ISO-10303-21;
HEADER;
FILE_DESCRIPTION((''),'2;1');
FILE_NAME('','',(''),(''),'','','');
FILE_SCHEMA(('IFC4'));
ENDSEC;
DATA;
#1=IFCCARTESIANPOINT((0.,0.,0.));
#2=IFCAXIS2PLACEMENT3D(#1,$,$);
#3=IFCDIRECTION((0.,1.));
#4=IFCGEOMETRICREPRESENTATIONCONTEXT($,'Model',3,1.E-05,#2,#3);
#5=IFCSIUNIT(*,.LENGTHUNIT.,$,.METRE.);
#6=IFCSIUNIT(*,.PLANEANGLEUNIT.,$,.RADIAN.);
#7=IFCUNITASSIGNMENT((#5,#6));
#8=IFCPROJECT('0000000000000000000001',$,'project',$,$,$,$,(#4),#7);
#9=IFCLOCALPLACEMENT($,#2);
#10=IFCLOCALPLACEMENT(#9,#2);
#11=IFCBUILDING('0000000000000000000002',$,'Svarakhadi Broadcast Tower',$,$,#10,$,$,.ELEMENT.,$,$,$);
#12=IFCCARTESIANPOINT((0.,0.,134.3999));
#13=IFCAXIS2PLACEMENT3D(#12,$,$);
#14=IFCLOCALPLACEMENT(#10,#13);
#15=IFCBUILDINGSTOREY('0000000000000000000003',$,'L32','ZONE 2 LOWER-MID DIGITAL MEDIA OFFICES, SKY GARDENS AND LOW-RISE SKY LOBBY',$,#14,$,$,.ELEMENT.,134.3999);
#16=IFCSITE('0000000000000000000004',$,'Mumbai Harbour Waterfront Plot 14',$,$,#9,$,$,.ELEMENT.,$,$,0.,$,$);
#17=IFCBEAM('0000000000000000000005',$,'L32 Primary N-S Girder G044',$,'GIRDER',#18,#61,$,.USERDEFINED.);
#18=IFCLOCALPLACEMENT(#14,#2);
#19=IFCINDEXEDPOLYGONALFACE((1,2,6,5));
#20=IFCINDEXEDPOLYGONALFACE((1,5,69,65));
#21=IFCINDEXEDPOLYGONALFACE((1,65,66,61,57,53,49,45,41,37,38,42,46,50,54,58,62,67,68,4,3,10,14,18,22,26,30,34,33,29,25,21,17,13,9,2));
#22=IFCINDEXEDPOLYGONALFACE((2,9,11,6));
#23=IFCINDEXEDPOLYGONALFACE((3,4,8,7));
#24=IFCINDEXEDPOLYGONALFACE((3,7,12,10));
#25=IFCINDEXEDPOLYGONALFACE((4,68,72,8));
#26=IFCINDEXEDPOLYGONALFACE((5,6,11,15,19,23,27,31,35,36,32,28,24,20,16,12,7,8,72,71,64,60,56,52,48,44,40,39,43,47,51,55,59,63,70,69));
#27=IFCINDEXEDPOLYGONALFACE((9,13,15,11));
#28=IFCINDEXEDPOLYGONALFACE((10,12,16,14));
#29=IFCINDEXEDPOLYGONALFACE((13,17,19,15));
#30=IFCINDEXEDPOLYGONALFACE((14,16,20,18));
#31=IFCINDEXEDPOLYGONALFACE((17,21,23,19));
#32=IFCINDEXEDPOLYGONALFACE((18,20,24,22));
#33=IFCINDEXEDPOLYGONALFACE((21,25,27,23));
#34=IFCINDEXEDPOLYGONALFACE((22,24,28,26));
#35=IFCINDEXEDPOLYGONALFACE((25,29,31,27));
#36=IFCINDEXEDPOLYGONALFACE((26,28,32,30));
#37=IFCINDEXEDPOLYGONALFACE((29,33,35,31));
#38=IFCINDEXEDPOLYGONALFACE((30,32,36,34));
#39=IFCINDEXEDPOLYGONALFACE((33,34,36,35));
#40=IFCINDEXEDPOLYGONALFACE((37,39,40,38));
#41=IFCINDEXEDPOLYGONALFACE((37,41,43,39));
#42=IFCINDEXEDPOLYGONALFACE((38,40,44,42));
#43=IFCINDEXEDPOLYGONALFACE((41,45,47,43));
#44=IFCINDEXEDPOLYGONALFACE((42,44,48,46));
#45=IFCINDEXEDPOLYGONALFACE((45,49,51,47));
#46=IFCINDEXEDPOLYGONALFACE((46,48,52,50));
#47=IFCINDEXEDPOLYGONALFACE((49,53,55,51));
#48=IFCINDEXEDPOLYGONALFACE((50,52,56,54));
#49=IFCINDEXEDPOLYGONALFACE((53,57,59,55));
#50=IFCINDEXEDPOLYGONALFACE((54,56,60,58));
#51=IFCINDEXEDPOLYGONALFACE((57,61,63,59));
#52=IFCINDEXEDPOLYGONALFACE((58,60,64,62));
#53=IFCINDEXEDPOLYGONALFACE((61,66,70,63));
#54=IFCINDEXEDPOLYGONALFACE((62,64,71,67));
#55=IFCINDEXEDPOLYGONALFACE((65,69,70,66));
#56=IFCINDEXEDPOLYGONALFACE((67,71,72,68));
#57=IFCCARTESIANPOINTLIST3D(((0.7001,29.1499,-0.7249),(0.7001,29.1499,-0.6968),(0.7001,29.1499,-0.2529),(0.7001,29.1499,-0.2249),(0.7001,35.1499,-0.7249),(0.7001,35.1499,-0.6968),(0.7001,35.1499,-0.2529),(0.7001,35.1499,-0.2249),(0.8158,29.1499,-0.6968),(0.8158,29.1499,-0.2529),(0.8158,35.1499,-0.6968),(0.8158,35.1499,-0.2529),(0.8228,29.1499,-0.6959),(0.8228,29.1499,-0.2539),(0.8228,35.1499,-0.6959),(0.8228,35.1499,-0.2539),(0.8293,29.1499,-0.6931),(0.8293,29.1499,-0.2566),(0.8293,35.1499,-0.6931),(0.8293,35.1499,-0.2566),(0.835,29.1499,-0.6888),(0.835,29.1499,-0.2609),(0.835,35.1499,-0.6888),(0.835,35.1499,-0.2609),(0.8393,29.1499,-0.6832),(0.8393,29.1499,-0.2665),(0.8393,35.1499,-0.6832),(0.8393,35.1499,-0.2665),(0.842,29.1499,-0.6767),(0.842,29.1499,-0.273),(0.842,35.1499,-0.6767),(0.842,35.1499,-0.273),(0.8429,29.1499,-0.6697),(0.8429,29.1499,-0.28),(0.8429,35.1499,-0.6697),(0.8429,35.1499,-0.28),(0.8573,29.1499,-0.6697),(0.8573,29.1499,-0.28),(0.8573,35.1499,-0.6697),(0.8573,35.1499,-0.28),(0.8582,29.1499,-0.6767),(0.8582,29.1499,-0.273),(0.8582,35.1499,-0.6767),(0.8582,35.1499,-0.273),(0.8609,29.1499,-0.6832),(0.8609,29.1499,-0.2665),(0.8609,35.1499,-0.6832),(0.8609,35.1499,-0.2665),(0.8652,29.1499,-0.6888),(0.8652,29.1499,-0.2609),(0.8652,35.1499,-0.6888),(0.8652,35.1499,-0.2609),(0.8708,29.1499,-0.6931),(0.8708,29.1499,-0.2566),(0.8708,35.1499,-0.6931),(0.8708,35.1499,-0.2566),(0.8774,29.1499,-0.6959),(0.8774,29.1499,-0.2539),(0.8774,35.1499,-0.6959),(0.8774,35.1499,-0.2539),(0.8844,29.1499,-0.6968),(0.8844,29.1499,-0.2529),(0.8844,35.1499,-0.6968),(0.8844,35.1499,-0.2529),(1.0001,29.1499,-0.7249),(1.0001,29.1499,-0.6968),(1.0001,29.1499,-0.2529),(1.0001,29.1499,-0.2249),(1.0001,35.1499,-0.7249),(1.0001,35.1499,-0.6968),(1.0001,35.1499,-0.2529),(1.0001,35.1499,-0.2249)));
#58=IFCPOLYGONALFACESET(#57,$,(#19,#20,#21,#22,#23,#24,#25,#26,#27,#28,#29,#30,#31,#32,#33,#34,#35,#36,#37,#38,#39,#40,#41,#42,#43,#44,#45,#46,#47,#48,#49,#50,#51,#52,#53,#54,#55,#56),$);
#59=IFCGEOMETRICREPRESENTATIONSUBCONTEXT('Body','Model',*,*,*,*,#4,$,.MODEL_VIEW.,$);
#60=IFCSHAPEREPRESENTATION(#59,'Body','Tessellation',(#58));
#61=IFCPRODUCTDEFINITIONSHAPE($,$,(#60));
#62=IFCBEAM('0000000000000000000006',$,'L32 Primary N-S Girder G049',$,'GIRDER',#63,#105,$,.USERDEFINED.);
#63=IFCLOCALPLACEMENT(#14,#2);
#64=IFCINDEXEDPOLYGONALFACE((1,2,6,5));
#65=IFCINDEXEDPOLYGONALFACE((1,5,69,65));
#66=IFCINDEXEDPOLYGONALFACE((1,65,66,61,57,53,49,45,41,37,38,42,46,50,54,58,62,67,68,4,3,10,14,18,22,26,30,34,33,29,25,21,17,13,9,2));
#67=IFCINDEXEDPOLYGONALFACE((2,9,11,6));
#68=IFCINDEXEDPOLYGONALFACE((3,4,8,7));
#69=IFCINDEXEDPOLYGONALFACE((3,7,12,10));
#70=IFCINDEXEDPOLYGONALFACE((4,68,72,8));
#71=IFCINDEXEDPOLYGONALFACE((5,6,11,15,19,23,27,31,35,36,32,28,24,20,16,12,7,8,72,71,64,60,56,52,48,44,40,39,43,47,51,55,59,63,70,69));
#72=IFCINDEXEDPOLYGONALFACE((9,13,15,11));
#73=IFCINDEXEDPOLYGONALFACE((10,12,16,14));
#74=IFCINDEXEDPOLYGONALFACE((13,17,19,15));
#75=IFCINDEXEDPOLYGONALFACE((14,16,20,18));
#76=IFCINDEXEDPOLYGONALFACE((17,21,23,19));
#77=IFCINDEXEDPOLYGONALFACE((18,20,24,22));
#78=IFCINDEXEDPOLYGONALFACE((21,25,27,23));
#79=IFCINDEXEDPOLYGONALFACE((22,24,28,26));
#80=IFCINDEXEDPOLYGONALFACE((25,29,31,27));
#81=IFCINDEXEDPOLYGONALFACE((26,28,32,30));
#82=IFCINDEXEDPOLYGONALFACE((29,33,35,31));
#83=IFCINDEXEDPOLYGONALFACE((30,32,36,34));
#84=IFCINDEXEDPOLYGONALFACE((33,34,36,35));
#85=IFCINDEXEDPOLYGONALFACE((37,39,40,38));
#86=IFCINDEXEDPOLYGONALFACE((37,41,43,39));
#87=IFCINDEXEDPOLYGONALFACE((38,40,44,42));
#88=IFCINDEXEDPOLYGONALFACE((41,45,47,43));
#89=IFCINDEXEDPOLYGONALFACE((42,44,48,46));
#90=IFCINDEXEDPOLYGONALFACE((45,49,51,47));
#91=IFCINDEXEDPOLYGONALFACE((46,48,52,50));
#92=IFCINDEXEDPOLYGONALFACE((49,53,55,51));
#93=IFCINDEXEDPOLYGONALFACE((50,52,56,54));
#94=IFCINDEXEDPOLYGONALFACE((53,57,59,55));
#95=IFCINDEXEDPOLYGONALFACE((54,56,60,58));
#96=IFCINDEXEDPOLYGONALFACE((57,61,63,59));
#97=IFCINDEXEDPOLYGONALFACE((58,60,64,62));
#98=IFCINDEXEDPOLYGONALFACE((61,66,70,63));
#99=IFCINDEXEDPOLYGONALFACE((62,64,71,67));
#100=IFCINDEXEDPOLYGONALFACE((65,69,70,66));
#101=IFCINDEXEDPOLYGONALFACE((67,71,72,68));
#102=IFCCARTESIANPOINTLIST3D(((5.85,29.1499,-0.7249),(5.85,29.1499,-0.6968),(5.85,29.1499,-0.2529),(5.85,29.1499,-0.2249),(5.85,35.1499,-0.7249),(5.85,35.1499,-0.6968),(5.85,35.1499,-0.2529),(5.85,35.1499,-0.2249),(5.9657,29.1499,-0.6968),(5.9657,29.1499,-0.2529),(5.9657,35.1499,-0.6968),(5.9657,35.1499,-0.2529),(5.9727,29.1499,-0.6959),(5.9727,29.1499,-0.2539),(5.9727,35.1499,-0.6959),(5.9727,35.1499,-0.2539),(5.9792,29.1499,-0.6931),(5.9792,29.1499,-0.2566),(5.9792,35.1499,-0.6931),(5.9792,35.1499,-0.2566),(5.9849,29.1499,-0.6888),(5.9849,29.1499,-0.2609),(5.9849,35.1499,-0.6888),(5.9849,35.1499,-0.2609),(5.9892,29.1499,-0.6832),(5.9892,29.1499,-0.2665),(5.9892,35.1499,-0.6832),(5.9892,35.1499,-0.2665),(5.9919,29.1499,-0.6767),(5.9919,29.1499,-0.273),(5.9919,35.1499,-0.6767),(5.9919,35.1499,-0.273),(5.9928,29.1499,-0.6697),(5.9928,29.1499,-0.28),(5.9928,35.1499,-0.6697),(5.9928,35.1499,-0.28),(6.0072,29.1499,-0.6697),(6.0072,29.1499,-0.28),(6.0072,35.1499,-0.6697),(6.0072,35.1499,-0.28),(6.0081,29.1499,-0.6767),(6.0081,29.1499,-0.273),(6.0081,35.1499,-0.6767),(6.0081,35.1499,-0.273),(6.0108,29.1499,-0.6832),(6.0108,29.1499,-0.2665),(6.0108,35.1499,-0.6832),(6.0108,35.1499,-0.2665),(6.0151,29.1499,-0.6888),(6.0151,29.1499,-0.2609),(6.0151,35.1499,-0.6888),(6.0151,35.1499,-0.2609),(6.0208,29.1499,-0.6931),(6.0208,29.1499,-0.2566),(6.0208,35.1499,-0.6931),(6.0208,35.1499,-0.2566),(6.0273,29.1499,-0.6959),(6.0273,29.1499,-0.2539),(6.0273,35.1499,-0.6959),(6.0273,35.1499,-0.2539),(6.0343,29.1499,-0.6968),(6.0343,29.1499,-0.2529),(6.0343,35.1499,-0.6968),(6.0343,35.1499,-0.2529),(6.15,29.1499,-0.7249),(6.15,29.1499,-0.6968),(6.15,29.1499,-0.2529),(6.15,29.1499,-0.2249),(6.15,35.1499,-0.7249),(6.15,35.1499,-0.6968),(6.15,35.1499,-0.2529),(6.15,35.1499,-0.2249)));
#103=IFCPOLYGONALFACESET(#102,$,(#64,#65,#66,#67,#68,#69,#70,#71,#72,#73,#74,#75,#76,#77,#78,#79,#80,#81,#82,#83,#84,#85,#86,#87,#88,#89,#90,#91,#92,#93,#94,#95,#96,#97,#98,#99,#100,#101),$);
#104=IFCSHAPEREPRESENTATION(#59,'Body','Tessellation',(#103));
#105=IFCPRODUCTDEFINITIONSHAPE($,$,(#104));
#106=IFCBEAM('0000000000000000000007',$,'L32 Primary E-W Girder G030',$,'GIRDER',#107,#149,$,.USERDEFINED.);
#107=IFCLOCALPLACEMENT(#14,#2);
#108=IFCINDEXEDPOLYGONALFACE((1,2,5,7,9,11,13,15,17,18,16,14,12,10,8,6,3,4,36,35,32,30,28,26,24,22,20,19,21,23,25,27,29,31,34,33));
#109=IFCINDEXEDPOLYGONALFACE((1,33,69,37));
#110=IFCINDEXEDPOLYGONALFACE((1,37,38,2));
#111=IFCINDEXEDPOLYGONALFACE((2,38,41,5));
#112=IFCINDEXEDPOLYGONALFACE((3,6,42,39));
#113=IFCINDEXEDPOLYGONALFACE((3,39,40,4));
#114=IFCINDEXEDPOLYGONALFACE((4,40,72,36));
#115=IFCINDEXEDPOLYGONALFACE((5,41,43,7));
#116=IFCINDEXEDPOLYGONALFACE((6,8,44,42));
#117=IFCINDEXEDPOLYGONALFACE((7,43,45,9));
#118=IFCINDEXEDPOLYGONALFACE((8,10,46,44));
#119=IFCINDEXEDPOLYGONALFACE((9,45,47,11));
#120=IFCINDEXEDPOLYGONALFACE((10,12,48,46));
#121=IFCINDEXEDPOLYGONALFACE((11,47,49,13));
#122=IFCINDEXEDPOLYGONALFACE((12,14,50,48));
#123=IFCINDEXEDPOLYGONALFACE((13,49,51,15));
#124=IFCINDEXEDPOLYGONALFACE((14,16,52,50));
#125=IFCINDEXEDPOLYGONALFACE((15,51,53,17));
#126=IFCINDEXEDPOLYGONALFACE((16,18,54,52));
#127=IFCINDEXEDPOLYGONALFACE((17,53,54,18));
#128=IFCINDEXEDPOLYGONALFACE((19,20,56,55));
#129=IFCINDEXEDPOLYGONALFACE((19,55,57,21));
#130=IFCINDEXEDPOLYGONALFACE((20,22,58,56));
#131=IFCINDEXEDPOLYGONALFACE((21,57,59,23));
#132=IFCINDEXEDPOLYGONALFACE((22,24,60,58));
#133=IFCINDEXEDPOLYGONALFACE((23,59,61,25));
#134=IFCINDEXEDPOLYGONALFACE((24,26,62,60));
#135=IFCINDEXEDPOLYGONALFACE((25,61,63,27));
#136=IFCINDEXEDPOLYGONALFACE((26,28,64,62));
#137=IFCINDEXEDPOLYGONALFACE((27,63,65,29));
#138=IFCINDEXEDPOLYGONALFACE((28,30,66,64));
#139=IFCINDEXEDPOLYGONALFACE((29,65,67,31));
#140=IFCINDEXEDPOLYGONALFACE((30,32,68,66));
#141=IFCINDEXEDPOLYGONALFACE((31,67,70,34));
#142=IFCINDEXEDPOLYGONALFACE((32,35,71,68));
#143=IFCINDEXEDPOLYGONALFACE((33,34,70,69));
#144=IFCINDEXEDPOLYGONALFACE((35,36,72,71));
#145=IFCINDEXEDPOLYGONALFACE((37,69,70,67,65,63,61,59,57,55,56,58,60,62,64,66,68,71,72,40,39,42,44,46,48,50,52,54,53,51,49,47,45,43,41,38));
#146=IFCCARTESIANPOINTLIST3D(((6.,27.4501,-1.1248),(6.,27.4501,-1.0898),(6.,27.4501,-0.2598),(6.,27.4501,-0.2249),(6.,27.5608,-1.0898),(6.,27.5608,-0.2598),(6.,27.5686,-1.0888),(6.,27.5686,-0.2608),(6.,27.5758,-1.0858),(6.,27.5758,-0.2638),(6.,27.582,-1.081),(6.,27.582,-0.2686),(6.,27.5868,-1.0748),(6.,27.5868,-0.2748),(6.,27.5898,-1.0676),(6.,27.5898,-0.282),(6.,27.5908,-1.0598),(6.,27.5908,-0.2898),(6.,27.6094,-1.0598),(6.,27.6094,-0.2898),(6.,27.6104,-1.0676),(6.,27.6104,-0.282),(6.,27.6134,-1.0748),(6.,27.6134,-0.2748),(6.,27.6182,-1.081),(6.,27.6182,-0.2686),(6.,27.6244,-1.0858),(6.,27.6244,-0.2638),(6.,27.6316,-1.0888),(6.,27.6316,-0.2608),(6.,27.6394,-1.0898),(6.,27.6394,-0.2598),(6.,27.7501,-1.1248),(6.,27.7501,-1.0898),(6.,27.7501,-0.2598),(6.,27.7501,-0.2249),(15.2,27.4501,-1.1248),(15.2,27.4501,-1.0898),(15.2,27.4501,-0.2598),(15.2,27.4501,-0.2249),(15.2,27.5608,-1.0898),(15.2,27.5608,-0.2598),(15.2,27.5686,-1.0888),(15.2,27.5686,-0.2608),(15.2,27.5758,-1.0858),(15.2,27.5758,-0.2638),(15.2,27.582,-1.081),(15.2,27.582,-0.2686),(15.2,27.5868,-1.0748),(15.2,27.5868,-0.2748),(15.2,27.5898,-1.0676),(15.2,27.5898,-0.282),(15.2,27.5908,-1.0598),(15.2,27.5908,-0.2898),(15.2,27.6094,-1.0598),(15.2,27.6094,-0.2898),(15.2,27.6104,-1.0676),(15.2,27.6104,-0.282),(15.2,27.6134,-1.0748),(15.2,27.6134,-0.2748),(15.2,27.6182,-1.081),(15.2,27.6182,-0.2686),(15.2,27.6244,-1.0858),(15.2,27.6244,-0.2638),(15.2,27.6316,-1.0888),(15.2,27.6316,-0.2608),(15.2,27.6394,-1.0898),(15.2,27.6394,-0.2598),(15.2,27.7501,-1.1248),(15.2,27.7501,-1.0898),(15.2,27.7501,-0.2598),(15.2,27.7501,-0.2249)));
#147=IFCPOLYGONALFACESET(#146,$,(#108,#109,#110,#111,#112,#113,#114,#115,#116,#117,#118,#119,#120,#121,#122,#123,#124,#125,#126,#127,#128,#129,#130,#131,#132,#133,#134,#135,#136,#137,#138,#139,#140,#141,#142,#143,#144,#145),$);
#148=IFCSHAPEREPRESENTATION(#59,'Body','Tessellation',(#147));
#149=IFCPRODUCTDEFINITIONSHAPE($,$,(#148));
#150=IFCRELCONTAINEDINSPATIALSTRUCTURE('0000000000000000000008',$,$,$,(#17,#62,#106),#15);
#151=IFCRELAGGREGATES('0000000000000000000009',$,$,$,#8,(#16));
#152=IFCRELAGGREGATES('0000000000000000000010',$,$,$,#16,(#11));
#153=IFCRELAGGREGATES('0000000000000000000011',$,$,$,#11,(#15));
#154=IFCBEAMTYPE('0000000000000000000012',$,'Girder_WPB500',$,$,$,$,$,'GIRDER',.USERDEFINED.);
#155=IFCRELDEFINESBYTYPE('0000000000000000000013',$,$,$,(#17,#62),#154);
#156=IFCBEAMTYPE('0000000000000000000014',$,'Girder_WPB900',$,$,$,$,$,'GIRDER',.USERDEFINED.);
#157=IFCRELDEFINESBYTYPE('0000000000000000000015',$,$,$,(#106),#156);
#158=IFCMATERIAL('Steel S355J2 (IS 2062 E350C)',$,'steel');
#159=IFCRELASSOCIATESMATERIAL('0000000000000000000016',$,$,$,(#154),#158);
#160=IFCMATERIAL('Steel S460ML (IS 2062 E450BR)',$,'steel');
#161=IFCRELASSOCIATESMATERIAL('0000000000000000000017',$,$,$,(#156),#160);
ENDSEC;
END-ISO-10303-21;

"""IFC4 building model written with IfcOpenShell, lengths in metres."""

from ifc_helpers import new_model, si_unit, direction, frame, origin, origin_2d, place, context, subcontext, project, spatial, i_section, extrude, material, material_profile, profile_set, type_object, element, save


model = new_model("IFC4")

# Units and contexts
model_context = context("Model", 3, precision=1e-05, world=origin(), true_north=direction((0.0, 1.0)))
body_context = subcontext(model_context, "Body", "Model", "MODEL_VIEW")
ifc_project = project(units=[si_unit("LENGTHUNIT", "METRE"), si_unit("PLANEANGLEUNIT", "RADIAN")], contexts=[model_context])

# Site, building, storey
site_placement = place(None, origin())
site = spatial("IfcSite", under=ifc_project, at=site_placement, Name="Mumbai Harbour Waterfront Plot 14", CompositionType="ELEMENT", RefElevation=0.0)
building_placement = place(site_placement, origin())
building = spatial("IfcBuilding", under=site, at=building_placement, Name="Svarakhadi Broadcast Tower", CompositionType="ELEMENT")
storey_placement = place(building_placement, frame((0.0, 0.0, 134.3999)))
storey = spatial("IfcBuildingStorey", under=building, at=storey_placement, Name="L32", Description="ZONE 2 LOWER-MID DIGITAL MEDIA OFFICES, SKY GARDENS AND LOW-RISE SKY LOBBY", CompositionType="ELEMENT", Elevation=134.3999)

# Shared definitions
ifc_material_1 = material(Name="Steel S460ML (IS 2062 E450BR)", Category="steel")

# Shared definitions
ifc_material_2 = material(Name="Steel S355J2 (IS 2062 E350C)", Category="steel")

# Beams
ifc_material_profile_1 = material_profile(ifc_material_2, i_section(OverallWidth=0.3, OverallDepth=0.5, WebThickness=0.0144, FlangeThickness=0.0281, FilletRadius=0.0271, at=origin_2d()), Name="WPB 500x300x187")
ifc_profile_set_1 = profile_set([ifc_material_profile_1], Name="Steel S355J2 (IS 2062 E350C)")
beam_type_1 = type_object("IfcBeamType", Name="Girder_WPB500", ElementType="GIRDER", PredefinedType="USERDEFINED", material=ifc_profile_set_1)
for number, where, z_axis, x_axis, name in (
    (1, (0.8501, 29.1499, -0.4749), (0.0, 1.0, 0.0), (-1.0, 0.0, 0.0), "L32 Primary N-S Girder G044"),
    (2, (6.0, 29.1499, -0.4749), (0.0, 1.0, 0.0), (-1.0, 0.0, 0.0), "L32 Primary N-S Girder G049"),
):
    element("IfcBeam", number, at=place(storey_placement, frame(where, z_axis=z_axis, x_axis=x_axis)), inside=storey, type_object=beam_type_1, Name=name, ObjectType="GIRDER", PredefinedType="USERDEFINED", context=body_context, shape_type="SweptSolid", body=[
        extrude(i_section(OverallWidth=0.3, OverallDepth=0.5, WebThickness=0.0144, FlangeThickness=0.0281, FilletRadius=0.0271, at=origin_2d()), origin(), (0.0, 0.0, 1.0), 6.0),
    ])
ifc_material_profile_2 = material_profile(ifc_material_1, i_section(OverallWidth=0.3, OverallDepth=0.8999, WebThickness=0.0186, FlangeThickness=0.0349, FilletRadius=0.03, at=origin_2d()), Name="WPB 900x300x291")
ifc_profile_set_2 = profile_set([ifc_material_profile_2], Name="Steel S460ML (IS 2062 E450BR)")
beam_type_2 = type_object("IfcBeamType", Name="Girder_WPB900", ElementType="GIRDER", PredefinedType="USERDEFINED", material=ifc_profile_set_2)
beam_1_placement = place(storey_placement, frame((6.0, 27.6001, -0.6748), z_axis=(1.0, 0.0, 0.0), x_axis=(0.0, 1.0, 0.0)))
element("IfcBeam", 3, at=beam_1_placement, inside=storey, type_object=beam_type_2, Name="L32 Primary E-W Girder G030", ObjectType="GIRDER", PredefinedType="USERDEFINED", context=body_context, shape_type="SweptSolid", body=[
    extrude(i_section(OverallWidth=0.3, OverallDepth=0.8999, WebThickness=0.0186, FlangeThickness=0.0349, FilletRadius=0.03, at=origin_2d()), origin(), (0.0, 0.0, 1.0), 9.2),
])

save(model, "model.ifc")
